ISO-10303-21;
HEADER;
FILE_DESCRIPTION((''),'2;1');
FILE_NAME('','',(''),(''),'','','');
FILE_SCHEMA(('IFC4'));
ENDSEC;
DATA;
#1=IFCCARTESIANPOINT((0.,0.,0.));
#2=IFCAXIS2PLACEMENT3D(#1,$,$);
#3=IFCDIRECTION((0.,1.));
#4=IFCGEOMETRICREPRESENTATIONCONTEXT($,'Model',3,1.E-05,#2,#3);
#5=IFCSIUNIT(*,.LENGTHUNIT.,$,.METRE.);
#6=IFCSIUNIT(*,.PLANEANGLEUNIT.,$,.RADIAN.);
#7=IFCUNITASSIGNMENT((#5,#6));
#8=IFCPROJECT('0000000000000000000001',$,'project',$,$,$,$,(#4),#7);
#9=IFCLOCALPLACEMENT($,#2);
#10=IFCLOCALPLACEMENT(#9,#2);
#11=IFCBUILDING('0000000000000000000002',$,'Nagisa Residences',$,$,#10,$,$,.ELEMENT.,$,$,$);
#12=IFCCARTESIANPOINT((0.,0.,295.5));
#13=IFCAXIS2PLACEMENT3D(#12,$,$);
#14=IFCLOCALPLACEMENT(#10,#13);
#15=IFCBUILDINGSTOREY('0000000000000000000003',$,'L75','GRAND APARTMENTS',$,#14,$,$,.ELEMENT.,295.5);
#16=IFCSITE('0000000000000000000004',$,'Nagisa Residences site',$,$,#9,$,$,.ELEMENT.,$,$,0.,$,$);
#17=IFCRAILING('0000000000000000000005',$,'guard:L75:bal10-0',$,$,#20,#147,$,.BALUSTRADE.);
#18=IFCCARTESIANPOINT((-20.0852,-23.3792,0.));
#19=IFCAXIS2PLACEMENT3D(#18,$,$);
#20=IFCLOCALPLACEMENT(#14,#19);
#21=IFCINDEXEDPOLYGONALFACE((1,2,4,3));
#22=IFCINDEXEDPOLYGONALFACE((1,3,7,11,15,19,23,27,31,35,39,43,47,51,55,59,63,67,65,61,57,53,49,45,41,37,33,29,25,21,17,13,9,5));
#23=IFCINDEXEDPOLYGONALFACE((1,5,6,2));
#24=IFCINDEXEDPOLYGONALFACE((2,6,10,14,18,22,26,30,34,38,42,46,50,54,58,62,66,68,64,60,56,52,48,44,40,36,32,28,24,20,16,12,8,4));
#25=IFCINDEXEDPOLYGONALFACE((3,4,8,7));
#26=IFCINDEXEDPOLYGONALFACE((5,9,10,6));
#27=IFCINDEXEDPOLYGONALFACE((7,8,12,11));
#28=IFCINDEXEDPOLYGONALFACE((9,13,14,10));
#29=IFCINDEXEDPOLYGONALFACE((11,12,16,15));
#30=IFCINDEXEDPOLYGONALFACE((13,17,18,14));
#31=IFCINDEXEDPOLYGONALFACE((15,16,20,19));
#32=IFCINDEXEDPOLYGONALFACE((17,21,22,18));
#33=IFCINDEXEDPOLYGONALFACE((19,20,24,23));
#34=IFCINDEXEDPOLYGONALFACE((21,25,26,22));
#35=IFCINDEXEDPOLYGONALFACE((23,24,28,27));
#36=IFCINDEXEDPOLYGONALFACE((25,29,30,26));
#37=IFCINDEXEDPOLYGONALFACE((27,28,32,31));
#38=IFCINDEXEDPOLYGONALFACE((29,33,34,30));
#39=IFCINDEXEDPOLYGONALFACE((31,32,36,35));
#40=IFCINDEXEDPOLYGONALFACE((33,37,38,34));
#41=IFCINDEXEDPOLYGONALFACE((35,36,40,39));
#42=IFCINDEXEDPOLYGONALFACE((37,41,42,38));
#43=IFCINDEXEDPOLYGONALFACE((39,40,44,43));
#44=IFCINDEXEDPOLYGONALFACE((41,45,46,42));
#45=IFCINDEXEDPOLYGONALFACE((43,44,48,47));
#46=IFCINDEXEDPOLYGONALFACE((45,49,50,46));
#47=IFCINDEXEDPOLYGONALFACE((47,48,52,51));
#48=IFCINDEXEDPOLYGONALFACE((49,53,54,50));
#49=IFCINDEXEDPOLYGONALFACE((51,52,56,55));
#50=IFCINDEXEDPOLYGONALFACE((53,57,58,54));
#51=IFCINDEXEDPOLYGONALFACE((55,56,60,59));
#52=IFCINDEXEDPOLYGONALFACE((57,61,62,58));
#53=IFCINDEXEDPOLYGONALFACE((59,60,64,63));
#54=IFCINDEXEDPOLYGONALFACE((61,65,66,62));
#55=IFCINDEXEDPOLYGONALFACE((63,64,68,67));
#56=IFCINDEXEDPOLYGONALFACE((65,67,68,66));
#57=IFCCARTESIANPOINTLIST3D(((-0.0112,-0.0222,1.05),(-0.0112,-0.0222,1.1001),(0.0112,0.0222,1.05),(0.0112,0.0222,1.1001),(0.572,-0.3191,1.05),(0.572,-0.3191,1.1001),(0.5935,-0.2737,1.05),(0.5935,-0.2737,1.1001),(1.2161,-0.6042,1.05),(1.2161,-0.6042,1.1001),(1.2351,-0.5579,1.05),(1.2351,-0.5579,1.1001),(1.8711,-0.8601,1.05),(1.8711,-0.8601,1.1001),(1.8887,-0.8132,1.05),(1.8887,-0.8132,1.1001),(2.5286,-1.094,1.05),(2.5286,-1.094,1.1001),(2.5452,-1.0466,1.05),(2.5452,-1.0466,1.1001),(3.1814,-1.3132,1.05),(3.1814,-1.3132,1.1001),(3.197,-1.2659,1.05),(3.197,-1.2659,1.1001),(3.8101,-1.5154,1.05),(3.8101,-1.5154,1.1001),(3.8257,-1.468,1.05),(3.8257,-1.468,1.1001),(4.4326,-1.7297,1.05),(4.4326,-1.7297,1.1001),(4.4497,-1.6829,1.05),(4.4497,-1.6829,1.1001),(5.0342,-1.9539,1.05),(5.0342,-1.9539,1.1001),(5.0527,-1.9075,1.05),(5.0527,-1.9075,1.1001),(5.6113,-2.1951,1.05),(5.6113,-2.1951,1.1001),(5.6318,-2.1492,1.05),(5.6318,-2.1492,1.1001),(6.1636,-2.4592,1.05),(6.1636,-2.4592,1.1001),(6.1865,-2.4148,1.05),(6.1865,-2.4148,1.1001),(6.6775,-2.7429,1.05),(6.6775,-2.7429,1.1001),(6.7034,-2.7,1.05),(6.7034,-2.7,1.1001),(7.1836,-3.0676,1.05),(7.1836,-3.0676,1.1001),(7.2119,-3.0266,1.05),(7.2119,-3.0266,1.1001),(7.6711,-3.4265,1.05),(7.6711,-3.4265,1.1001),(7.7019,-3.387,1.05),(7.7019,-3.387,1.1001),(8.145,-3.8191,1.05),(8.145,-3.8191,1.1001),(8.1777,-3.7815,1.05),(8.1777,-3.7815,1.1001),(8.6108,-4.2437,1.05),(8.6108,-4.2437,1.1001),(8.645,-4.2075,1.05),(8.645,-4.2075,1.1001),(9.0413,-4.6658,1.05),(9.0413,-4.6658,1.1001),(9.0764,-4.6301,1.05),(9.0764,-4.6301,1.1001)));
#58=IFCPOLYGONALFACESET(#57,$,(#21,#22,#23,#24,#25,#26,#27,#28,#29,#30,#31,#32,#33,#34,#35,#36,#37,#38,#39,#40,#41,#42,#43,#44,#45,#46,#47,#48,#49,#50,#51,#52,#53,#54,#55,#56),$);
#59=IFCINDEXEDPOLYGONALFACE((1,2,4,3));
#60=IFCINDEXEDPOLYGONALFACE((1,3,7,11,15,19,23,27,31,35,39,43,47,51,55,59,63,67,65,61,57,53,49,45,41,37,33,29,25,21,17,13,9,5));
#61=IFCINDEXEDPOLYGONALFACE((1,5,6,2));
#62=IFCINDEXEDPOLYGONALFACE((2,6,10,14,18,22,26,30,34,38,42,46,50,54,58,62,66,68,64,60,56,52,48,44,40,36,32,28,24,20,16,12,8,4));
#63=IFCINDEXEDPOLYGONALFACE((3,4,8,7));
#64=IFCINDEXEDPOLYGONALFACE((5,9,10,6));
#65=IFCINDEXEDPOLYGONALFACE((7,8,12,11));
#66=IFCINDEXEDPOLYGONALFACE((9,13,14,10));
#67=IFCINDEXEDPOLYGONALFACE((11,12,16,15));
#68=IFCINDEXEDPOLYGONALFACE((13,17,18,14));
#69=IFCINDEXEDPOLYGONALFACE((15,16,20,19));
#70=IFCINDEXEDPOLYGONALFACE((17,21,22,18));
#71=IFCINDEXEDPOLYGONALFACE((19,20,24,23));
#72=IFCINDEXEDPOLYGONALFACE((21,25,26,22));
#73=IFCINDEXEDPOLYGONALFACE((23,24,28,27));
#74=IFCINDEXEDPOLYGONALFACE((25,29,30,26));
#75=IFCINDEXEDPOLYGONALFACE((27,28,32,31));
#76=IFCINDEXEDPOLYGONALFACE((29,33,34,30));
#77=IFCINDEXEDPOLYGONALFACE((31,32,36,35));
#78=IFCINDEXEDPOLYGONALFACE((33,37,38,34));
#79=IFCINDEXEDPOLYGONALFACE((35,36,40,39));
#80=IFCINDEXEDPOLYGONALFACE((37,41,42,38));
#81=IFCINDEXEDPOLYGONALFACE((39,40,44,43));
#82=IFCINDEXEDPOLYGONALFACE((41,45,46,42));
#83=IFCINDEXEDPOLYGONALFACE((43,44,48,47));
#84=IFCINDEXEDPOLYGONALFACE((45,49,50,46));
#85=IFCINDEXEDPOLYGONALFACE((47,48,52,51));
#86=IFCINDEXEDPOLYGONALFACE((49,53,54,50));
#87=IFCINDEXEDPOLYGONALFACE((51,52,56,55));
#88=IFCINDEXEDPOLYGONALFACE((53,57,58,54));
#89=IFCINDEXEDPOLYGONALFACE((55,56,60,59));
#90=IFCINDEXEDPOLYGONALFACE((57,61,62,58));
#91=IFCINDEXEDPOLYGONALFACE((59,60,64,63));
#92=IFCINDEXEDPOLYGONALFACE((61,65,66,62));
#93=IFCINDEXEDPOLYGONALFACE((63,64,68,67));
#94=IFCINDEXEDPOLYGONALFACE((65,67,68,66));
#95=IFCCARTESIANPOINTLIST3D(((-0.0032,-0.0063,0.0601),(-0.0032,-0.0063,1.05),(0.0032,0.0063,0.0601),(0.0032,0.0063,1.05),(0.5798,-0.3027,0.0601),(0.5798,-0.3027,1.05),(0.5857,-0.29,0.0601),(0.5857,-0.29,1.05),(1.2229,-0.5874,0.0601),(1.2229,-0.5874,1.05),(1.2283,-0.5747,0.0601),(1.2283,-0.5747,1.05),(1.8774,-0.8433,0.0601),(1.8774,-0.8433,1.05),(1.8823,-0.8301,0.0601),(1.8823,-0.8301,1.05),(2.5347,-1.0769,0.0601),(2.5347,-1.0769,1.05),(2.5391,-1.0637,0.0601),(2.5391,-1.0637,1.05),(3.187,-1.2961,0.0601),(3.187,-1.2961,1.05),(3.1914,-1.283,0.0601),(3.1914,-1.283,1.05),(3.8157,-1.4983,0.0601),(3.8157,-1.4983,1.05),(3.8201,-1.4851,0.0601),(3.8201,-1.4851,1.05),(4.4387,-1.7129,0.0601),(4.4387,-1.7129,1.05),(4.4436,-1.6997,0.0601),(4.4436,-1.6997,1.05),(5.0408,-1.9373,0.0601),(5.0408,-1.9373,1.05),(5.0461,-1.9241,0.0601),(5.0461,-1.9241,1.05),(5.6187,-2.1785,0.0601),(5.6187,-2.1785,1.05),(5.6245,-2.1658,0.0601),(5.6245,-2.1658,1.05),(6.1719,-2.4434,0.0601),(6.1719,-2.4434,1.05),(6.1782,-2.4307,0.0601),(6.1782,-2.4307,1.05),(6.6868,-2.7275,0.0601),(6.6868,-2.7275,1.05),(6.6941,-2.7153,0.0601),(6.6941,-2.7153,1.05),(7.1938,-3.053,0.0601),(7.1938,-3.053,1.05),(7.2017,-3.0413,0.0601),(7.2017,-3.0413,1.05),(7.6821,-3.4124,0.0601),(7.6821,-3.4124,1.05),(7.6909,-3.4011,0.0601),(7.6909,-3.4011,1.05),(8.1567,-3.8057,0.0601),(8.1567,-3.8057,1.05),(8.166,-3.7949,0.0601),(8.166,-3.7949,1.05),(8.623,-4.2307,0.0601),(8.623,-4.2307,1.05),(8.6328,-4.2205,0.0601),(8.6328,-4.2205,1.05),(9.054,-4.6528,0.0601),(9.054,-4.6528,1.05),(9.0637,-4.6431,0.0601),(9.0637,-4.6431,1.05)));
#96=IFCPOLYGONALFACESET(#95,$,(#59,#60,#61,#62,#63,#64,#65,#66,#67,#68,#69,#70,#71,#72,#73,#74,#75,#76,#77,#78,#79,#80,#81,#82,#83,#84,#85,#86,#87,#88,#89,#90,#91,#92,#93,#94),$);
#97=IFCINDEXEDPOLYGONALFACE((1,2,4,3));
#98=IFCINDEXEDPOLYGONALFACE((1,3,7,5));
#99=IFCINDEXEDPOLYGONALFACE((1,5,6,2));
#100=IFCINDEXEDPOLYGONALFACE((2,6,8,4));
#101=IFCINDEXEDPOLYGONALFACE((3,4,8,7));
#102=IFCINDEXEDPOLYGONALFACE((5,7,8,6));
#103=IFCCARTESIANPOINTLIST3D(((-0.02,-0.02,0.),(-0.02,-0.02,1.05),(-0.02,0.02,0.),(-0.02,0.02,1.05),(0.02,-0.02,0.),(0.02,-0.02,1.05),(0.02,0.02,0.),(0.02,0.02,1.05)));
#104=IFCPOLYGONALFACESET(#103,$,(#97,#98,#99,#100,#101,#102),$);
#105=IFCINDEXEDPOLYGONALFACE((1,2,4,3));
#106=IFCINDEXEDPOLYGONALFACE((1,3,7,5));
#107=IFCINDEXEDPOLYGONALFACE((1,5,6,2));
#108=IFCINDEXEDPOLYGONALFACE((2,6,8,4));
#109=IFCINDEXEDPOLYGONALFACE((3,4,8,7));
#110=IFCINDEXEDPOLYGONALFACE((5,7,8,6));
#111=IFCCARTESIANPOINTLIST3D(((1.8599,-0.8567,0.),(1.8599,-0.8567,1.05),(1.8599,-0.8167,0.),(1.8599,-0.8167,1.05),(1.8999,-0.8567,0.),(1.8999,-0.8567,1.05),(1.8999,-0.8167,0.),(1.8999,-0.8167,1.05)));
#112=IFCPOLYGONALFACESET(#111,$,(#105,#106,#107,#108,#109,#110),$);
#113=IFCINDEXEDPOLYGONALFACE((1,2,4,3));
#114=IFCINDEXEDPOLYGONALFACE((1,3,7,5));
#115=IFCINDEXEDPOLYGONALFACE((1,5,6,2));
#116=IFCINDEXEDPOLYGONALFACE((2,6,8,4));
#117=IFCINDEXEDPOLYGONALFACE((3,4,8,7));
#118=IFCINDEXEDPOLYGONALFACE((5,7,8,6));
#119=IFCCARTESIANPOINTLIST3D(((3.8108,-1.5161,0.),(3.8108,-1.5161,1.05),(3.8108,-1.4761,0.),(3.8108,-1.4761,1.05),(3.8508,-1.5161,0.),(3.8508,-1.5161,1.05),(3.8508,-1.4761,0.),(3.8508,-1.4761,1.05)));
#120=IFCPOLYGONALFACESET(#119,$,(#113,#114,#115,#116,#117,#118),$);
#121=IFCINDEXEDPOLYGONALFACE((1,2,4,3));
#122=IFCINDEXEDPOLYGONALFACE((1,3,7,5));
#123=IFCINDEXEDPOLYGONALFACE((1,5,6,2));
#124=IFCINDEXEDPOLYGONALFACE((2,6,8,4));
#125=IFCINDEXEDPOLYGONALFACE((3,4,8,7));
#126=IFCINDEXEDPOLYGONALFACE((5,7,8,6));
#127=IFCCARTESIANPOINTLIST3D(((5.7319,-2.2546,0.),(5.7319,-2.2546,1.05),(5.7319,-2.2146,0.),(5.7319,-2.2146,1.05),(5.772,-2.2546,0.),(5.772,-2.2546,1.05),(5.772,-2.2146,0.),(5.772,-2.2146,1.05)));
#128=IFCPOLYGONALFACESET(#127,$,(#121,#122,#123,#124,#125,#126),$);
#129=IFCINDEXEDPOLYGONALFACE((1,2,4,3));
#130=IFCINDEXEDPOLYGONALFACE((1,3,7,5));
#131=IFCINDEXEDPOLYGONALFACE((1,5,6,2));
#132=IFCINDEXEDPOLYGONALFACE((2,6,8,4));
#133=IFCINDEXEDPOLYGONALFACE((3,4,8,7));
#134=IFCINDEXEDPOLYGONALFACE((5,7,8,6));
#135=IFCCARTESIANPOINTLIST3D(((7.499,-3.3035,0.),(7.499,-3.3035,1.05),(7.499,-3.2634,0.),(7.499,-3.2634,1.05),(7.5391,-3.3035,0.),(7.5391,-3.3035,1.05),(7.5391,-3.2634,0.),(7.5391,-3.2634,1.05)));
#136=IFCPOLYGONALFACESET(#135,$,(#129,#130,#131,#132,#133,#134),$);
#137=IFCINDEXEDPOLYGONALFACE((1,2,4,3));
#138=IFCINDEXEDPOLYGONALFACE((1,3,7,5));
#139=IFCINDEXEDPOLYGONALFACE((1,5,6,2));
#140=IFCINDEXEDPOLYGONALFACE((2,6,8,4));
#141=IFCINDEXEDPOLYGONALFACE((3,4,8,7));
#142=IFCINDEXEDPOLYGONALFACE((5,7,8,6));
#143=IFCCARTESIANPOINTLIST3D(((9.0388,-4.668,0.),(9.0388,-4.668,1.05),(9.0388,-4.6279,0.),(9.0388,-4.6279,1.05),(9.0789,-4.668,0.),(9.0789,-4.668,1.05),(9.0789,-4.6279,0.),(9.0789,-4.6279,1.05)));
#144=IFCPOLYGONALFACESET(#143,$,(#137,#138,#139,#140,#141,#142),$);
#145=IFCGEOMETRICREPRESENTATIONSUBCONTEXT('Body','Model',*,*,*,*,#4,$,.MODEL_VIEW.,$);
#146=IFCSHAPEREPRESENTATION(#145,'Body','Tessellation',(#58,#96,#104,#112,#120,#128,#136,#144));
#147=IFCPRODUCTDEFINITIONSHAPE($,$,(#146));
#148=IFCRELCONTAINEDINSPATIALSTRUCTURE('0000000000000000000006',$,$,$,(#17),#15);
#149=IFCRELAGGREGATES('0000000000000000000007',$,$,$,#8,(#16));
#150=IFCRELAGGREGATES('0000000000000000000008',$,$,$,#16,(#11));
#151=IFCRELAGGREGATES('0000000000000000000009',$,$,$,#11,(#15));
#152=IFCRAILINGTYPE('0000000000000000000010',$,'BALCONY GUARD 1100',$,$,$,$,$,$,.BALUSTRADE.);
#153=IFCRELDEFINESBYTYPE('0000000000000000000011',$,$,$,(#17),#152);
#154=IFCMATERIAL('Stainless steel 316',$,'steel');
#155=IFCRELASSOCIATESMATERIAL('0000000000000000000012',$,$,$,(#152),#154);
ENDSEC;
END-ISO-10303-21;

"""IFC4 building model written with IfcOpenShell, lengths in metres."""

from ifc_helpers import new_model, si_unit, direction, frame, origin, origin_2d, place, context, subcontext, project, spatial, polyline, rectangle, outline, extrude, material, type_object, element, save


model = new_model("IFC4")

# Units and contexts
model_context = context("Model", 3, precision=1e-05, world=origin(), true_north=direction((0.0, 1.0)))
body_context = subcontext(model_context, "Body", "Model", "MODEL_VIEW")
ifc_project = project(units=[si_unit("LENGTHUNIT", "METRE"), si_unit("PLANEANGLEUNIT", "RADIAN")], contexts=[model_context])

# Site, building, storey
site_placement = place(None, origin())
site = spatial("IfcSite", under=ifc_project, at=site_placement, Name="Nagisa Residences site", CompositionType="ELEMENT", RefElevation=0.0)
building_placement = place(site_placement, origin())
building = spatial("IfcBuilding", under=site, at=building_placement, Name="Nagisa Residences", CompositionType="ELEMENT")
storey_placement = place(building_placement, frame((0.0, 0.0, 295.5)))
storey = spatial("IfcBuildingStorey", under=building, at=storey_placement, Name="L75", Description="GRAND APARTMENTS", CompositionType="ELEMENT", Elevation=295.5)

# Railing
ifc_material_1 = material(Name="Stainless steel 316", Category="steel")
railing_type = type_object("IfcRailingType", Name="BALCONY GUARD 1100", PredefinedType="BALUSTRADE", material=ifc_material_1)
railing_placement = place(storey_placement, frame((-20.0852, -23.3792, 0.0)))
element("IfcRailing", 1, at=railing_placement, inside=storey, type_object=railing_type, Name="guard:L75:bal10-0", PredefinedType="BALUSTRADE", context=body_context, shape_type="SweptSolid", body=[
    extrude(outline(polyline([(0.5935, -0.2737), (0.0112, 0.0222), (-0.0112, -0.0222), (0.572, -0.3191), (1.2161, -0.6042), (1.8711, -0.8601), (2.5286, -1.094), (3.1814, -1.3132), (3.8101, -1.5154), (4.4326, -1.7297), (5.0342, -1.9539), (5.6113, -2.1951), (6.1636, -2.4592), (6.6775, -2.7429), (7.1836, -3.0676), (7.6711, -3.4265), (8.145, -3.8191), (8.6108, -4.2437), (9.0413, -4.6658), (9.0764, -4.6301), (8.645, -4.2075), (8.1777, -3.7815), (7.7019, -3.387), (7.2119, -3.0266), (6.7034, -2.7), (6.1865, -2.4148), (5.6318, -2.1492), (5.0527, -1.9075), (4.4497, -1.6829), (3.8257, -1.468), (3.197, -1.2659), (2.5452, -1.0466), (1.8887, -0.8132), (1.2351, -0.5579), (0.5935, -0.2737)])), frame((0.0, 0.0, 1.05)), (0.0, 0.0, 1.0), 0.05),
    extrude(outline(polyline([(0.5857, -0.29), (0.0032, 0.0063), (-0.0032, -0.0063), (0.5798, -0.3027), (1.2229, -0.5874), (1.8774, -0.8433), (2.5347, -1.0769), (3.187, -1.2961), (3.8157, -1.4983), (4.4387, -1.7129), (5.0408, -1.9373), (5.6187, -2.1785), (6.1719, -2.4434), (6.6868, -2.7275), (7.1938, -3.053), (7.6821, -3.4124), (8.1567, -3.8057), (8.623, -4.2307), (9.054, -4.6528), (9.0637, -4.6431), (8.6328, -4.2205), (8.166, -3.7949), (7.6909, -3.4011), (7.2017, -3.0413), (6.6941, -2.7153), (6.1782, -2.4307), (5.6245, -2.1658), (5.0461, -1.9241), (4.4436, -1.6997), (3.8201, -1.4851), (3.1914, -1.283), (2.5391, -1.0637), (1.8823, -0.8301), (1.2283, -0.5747), (0.5857, -0.29)])), frame((0.0, 0.0, 0.0601)), (0.0, 0.0, 1.0), 0.99),
    extrude(rectangle(XDim=0.04, YDim=0.04, at=origin_2d()), origin(), (0.0, 0.0, 1.0), 1.05),
    extrude(rectangle(XDim=0.04, YDim=0.04, at=origin_2d()), frame((1.8799, -0.8367, 0.0)), (0.0, 0.0, 1.0), 1.05),
    extrude(rectangle(XDim=0.04, YDim=0.04, at=origin_2d()), frame((3.8308, -1.4961, 0.0)), (0.0, 0.0, 1.0), 1.05),
    extrude(rectangle(XDim=0.04, YDim=0.04, at=origin_2d()), frame((5.752, -2.2346, 0.0)), (0.0, 0.0, 1.0), 1.05),
    extrude(rectangle(XDim=0.04, YDim=0.04, at=origin_2d()), frame((7.519, -3.2834, 0.0)), (0.0, 0.0, 1.0), 1.05),
    extrude(rectangle(XDim=0.04, YDim=0.04, at=origin_2d()), frame((9.0588, -4.6479, 0.0)), (0.0, 0.0, 1.0), 1.05),
])

save(model, "model.ifc")
